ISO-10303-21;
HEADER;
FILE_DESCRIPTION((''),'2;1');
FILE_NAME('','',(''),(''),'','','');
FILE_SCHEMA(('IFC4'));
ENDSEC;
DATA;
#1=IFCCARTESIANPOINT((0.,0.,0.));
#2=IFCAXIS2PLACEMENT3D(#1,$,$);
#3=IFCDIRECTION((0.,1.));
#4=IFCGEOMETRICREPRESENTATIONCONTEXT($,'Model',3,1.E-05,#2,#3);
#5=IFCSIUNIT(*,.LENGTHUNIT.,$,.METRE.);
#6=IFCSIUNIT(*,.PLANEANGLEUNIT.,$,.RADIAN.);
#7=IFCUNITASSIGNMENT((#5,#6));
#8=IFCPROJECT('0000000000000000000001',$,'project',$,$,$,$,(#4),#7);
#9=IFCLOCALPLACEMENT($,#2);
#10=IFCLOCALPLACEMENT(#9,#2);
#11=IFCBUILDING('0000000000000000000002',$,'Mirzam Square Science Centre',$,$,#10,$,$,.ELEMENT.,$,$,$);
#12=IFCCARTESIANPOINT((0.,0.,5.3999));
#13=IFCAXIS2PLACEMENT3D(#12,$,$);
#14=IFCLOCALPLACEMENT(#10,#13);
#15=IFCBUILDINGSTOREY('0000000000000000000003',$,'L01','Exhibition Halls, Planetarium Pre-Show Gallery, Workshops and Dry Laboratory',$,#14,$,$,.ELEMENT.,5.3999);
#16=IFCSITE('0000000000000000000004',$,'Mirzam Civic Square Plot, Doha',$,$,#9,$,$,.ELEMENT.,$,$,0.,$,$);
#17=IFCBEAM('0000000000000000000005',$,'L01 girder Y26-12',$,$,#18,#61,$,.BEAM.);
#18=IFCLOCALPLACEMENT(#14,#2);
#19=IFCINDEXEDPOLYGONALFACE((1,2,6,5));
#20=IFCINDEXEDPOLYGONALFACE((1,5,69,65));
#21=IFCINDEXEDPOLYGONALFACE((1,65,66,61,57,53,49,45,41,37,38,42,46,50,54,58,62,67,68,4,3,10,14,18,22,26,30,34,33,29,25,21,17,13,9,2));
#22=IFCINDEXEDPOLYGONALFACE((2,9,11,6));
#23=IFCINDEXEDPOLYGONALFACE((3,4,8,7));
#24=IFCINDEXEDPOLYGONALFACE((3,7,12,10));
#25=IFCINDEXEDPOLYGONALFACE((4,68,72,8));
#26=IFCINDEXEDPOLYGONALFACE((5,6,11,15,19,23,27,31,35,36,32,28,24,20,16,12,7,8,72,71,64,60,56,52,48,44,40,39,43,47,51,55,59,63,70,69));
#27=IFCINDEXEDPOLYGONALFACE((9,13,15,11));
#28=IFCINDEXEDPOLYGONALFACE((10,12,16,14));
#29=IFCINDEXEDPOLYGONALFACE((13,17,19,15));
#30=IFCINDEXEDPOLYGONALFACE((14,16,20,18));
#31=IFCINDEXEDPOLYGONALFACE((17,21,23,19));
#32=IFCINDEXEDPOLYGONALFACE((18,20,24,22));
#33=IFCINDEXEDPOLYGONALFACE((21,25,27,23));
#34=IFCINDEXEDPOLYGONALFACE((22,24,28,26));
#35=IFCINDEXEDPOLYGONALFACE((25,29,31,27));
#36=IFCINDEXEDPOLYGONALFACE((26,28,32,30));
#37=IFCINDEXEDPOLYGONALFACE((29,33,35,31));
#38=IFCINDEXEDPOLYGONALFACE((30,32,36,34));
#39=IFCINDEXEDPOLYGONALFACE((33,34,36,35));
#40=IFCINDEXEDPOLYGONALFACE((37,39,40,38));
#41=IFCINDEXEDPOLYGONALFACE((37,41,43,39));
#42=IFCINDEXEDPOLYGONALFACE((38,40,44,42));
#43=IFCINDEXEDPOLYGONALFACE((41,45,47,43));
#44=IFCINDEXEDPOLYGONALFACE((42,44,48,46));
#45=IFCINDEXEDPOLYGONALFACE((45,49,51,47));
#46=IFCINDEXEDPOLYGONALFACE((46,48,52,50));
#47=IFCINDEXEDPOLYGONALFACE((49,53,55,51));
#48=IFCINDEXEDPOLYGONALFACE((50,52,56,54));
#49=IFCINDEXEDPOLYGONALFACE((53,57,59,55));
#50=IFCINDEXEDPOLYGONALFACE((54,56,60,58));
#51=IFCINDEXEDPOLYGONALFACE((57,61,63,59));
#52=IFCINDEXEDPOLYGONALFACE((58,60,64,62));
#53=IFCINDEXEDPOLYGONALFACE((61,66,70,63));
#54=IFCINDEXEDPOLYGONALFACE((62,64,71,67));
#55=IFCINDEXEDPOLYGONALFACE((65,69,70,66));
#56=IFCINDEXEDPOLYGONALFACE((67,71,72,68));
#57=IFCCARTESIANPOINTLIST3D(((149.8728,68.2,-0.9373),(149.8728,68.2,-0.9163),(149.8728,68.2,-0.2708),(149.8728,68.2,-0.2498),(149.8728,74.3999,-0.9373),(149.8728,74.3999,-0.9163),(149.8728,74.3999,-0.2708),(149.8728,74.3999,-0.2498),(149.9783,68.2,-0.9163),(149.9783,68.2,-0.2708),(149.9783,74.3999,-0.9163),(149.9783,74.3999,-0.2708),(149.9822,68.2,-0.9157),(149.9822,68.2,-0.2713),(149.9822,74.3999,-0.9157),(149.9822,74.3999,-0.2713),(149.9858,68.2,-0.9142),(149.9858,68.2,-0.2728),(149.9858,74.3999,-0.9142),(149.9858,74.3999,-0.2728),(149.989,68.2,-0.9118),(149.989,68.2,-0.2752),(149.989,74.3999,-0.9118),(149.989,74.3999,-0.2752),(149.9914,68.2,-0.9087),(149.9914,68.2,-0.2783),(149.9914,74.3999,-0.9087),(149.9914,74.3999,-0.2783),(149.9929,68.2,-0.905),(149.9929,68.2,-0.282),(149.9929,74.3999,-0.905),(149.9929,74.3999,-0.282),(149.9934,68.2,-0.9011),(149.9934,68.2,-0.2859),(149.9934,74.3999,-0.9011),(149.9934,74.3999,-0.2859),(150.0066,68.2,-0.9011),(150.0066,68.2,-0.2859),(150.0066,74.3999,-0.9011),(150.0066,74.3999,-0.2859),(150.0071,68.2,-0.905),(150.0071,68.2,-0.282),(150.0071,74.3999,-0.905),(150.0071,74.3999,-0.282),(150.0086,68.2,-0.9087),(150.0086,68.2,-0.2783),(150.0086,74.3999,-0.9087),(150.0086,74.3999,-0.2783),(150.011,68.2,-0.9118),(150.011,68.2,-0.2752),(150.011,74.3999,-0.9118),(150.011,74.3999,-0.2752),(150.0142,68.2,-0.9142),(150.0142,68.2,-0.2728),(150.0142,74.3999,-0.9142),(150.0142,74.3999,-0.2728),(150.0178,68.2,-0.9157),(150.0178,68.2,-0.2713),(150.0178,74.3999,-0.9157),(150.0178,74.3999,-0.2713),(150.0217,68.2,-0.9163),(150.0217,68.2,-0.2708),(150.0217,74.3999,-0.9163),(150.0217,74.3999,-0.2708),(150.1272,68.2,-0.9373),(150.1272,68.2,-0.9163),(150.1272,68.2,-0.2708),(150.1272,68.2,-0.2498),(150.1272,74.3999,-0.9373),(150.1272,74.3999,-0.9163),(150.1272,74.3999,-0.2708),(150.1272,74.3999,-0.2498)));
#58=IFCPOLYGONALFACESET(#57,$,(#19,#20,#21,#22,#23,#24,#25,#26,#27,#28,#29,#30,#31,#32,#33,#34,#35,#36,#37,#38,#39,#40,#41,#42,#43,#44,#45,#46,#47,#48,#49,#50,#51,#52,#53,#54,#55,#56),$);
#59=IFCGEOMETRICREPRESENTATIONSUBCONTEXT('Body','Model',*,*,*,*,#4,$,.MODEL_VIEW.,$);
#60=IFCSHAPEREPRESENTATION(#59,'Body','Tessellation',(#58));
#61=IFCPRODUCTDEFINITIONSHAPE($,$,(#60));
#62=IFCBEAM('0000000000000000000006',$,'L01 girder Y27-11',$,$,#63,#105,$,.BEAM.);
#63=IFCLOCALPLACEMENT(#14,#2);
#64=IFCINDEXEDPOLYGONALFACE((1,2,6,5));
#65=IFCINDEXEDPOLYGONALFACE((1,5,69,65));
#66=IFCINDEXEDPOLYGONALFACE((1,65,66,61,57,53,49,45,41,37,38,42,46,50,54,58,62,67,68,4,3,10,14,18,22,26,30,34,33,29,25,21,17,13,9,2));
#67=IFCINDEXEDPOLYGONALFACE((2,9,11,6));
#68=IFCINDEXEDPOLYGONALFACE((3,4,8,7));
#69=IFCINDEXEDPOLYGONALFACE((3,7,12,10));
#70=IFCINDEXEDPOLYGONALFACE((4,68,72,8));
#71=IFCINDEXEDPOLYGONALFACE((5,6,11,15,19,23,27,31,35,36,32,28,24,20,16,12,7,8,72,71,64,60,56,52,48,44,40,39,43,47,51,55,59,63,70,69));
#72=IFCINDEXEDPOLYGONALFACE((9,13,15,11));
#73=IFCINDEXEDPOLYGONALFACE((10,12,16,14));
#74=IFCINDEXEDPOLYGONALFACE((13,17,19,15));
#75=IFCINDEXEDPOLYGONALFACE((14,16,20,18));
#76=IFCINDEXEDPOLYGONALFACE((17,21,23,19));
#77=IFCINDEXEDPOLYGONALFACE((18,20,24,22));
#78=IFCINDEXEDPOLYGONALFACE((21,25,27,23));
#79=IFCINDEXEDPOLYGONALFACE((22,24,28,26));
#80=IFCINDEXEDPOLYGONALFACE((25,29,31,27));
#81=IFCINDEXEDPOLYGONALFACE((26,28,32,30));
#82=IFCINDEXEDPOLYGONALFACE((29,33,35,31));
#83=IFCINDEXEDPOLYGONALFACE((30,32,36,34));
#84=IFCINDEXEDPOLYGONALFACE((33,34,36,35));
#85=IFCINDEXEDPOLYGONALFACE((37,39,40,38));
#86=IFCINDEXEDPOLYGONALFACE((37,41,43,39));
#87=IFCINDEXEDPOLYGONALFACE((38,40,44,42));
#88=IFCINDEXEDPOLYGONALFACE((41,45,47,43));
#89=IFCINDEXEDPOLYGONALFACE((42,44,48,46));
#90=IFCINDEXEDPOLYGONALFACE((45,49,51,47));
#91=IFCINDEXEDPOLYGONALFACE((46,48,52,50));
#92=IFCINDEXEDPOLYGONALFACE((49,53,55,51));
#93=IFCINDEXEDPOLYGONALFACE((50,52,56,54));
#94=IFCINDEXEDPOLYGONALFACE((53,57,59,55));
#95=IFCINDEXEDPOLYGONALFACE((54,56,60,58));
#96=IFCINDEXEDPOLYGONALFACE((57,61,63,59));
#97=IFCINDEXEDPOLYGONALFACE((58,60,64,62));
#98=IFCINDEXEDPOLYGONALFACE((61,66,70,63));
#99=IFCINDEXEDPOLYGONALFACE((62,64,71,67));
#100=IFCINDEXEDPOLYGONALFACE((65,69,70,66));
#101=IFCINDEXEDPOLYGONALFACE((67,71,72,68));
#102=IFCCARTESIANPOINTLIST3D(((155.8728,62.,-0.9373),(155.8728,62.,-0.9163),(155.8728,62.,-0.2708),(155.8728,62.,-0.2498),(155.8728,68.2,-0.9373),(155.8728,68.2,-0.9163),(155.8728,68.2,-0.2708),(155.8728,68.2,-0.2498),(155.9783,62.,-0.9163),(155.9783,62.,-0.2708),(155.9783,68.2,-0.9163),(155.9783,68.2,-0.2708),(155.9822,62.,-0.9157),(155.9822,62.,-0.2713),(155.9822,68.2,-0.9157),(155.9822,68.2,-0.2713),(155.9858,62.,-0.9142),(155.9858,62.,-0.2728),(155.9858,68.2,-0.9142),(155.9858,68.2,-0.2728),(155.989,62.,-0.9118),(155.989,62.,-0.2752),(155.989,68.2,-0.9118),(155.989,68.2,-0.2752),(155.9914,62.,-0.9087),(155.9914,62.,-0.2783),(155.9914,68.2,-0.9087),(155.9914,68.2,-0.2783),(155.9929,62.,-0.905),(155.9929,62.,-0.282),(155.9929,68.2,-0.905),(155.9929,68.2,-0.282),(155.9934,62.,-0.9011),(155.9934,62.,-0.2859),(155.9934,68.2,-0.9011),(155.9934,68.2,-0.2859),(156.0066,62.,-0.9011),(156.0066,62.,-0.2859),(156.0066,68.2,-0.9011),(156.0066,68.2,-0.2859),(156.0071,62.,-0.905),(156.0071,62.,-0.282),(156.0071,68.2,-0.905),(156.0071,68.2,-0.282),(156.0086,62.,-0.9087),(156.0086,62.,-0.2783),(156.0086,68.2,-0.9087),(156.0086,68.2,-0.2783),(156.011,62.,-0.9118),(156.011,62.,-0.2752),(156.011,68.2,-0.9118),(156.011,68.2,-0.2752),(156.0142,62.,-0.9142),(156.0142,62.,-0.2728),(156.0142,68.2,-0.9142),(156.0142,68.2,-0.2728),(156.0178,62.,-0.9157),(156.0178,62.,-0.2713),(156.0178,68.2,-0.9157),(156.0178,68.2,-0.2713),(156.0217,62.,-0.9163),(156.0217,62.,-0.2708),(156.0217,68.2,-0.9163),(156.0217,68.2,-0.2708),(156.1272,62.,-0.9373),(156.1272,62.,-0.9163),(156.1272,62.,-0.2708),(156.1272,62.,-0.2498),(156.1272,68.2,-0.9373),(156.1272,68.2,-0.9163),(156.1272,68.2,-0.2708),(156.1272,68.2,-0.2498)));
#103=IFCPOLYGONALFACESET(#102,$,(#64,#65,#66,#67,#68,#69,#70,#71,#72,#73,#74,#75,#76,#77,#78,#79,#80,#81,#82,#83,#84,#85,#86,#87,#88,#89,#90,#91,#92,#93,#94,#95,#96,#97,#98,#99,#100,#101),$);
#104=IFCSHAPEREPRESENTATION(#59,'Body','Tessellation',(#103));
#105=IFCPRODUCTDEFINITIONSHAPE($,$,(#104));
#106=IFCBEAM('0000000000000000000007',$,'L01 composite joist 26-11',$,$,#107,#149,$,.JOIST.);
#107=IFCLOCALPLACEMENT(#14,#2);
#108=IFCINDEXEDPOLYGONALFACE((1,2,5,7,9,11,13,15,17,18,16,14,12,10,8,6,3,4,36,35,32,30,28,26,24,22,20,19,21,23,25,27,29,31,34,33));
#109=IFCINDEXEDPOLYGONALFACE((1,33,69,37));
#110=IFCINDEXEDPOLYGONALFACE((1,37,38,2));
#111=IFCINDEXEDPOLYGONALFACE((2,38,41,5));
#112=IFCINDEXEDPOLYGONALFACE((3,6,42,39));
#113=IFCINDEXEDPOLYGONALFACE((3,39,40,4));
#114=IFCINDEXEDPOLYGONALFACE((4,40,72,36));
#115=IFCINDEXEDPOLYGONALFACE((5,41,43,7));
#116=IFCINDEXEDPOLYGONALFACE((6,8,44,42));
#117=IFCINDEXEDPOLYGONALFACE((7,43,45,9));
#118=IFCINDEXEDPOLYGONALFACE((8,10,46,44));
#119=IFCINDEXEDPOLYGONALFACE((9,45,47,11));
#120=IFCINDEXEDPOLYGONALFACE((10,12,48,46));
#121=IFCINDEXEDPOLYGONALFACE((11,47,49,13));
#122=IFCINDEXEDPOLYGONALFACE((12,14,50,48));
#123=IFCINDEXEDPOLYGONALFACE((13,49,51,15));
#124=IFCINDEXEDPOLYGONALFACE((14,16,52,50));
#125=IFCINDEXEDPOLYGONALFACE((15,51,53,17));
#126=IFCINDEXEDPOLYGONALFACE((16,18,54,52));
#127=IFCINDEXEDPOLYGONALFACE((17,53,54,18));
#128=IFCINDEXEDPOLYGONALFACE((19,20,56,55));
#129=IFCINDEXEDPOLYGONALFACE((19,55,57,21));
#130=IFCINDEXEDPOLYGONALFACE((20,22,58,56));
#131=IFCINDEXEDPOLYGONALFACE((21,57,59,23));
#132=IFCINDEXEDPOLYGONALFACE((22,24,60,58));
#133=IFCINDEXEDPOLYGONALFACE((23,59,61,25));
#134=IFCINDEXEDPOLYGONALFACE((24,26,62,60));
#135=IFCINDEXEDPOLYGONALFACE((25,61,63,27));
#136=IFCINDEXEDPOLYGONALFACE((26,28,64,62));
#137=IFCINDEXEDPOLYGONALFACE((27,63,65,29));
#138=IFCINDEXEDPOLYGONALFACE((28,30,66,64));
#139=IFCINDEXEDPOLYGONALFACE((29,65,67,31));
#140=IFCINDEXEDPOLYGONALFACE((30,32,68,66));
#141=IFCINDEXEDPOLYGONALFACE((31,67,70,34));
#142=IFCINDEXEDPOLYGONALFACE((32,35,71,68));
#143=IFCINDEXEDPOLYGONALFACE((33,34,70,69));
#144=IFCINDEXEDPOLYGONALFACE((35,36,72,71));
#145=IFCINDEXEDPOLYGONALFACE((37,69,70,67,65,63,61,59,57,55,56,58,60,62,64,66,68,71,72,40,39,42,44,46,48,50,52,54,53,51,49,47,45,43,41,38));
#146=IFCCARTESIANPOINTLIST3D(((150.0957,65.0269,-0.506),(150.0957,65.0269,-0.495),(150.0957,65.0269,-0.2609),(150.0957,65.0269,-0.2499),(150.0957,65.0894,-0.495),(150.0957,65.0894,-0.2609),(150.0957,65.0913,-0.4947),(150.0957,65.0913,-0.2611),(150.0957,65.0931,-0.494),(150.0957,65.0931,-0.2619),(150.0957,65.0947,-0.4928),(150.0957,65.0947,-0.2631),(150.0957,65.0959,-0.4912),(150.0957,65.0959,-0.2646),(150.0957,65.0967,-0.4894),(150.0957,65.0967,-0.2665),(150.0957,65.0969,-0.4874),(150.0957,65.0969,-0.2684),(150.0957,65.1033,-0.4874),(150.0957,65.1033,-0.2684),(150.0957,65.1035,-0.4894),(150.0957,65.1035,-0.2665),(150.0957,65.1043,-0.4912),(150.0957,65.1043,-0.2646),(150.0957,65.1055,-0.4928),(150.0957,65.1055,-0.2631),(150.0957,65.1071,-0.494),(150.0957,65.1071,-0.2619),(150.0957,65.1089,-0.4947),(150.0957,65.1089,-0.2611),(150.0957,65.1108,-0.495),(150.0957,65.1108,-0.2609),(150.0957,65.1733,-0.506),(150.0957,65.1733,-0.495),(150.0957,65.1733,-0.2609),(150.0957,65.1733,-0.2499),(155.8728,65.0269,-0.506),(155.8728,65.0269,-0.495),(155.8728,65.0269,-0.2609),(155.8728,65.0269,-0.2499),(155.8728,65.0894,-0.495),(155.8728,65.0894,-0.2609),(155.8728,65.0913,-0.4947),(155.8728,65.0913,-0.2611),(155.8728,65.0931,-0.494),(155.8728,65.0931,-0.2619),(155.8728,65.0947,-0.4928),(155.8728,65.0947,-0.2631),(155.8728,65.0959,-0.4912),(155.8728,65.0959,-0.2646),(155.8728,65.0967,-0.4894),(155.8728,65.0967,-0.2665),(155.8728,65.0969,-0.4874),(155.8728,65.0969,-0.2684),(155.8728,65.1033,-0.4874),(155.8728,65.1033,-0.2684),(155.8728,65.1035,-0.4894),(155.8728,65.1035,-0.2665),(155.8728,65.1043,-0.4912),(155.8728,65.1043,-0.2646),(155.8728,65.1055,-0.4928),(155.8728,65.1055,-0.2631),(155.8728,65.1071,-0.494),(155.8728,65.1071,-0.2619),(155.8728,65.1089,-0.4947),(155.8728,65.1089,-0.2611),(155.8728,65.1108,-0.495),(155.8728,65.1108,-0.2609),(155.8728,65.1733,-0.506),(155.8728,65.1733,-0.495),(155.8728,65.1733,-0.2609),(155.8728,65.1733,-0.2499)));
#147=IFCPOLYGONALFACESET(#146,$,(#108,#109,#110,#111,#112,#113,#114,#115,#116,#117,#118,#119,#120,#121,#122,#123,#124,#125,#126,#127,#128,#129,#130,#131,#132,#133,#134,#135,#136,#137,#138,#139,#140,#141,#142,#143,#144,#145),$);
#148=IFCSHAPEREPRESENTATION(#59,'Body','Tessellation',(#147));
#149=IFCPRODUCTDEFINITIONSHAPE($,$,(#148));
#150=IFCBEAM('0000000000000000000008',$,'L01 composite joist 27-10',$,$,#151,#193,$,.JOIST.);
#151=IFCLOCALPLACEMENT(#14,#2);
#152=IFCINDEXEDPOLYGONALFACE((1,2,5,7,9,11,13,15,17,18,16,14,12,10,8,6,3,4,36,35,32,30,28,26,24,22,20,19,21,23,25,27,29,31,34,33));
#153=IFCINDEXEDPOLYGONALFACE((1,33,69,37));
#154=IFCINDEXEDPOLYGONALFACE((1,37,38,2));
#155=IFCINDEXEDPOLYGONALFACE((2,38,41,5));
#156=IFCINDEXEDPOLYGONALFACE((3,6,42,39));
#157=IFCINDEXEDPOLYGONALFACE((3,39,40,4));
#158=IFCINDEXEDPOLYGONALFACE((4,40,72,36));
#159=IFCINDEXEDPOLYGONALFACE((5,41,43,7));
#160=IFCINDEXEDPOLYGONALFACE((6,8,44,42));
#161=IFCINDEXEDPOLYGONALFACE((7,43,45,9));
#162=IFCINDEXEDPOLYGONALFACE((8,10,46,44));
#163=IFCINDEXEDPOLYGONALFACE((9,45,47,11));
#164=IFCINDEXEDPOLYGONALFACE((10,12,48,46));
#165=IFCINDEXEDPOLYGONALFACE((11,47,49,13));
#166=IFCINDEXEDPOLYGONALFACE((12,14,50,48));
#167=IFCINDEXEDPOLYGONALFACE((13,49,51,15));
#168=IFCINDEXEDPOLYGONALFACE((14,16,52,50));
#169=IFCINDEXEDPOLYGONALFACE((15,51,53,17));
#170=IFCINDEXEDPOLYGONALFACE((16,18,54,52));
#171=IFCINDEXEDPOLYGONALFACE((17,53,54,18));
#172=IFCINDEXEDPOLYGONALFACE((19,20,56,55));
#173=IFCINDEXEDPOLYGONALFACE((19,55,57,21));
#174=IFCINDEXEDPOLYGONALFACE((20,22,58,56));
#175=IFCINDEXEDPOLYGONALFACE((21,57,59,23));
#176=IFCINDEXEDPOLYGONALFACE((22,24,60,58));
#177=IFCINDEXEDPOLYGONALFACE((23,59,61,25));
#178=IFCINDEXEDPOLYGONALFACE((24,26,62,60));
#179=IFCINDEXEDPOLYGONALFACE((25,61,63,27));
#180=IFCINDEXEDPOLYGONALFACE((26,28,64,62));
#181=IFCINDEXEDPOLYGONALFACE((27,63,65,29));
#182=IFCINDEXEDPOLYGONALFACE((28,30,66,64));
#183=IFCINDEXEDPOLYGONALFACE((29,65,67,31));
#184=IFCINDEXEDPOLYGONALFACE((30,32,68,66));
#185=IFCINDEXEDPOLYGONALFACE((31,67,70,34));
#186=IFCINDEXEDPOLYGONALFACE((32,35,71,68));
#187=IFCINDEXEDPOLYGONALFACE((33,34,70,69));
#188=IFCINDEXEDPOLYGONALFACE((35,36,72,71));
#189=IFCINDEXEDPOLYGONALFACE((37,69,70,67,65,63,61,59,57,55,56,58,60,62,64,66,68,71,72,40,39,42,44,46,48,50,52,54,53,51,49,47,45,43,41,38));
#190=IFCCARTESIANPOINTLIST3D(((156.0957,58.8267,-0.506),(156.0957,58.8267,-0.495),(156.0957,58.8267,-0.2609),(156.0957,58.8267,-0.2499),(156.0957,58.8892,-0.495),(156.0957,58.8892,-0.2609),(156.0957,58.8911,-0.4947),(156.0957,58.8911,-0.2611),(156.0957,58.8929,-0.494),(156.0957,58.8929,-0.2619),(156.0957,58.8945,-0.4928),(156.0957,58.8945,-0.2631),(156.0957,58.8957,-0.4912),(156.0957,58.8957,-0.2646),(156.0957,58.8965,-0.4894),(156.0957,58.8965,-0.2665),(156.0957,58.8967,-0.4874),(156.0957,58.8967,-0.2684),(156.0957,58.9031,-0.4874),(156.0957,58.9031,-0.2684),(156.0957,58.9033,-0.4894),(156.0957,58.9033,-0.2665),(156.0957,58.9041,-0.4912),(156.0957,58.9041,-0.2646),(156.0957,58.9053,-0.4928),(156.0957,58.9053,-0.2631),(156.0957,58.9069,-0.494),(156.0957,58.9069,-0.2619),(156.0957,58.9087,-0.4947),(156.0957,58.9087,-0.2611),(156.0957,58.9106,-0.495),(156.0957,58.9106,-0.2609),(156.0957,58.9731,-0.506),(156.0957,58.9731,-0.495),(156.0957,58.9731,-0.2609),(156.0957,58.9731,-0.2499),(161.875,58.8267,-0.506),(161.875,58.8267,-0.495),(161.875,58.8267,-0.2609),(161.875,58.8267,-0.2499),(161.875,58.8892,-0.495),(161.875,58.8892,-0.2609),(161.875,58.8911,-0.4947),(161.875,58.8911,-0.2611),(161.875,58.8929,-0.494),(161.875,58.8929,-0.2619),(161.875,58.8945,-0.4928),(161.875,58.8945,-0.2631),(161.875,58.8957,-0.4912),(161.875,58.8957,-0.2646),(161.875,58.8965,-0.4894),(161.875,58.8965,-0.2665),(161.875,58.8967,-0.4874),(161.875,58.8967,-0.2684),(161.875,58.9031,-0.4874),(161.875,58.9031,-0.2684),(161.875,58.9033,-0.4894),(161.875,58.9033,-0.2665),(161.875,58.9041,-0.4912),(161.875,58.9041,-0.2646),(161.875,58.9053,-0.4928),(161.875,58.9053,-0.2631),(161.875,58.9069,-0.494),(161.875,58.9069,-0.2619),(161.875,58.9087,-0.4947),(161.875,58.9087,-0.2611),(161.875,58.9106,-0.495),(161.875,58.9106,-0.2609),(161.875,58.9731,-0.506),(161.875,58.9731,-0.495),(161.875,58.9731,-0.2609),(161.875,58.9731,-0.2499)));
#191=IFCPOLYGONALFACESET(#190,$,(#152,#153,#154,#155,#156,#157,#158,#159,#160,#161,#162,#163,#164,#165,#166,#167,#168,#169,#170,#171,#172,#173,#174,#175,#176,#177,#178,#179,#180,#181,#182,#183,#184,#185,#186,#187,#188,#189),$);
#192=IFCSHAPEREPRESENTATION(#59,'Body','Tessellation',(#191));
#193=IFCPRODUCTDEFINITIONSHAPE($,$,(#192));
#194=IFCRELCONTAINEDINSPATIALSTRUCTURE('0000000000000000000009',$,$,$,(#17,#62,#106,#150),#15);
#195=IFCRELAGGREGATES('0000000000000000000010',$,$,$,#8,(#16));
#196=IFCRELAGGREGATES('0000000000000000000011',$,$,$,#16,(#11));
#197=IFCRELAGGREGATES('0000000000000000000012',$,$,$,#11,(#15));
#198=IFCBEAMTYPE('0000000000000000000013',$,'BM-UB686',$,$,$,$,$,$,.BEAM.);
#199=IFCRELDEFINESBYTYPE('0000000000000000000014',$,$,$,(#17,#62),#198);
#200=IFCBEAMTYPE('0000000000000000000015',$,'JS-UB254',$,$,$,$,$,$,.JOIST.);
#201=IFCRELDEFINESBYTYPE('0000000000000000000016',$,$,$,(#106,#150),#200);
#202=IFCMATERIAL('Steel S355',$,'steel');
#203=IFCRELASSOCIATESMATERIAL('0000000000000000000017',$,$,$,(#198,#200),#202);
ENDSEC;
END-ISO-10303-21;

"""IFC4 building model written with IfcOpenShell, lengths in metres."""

from ifc_helpers import new_model, si_unit, direction, frame, origin, origin_2d, place, context, subcontext, project, spatial, i_section, extrude, material, material_profile, profile_set, type_object, element, save


model = new_model("IFC4")

# Units and contexts
model_context = context("Model", 3, precision=1e-05, world=origin(), true_north=direction((0.0, 1.0)))
body_context = subcontext(model_context, "Body", "Model", "MODEL_VIEW")
ifc_project = project(units=[si_unit("LENGTHUNIT", "METRE"), si_unit("PLANEANGLEUNIT", "RADIAN")], contexts=[model_context])

# Site, building, storey
site_placement = place(None, origin())
site = spatial("IfcSite", under=ifc_project, at=site_placement, Name="Mirzam Civic Square Plot, Doha", CompositionType="ELEMENT", RefElevation=0.0)
building_placement = place(site_placement, origin())
building = spatial("IfcBuilding", under=site, at=building_placement, Name="Mirzam Square Science Centre", CompositionType="ELEMENT")
storey_placement = place(building_placement, frame((0.0, 0.0, 5.3999)))
storey = spatial("IfcBuildingStorey", under=building, at=storey_placement, Name="L01", Description="Exhibition Halls, Planetarium Pre-Show Gallery, Workshops and Dry Laboratory", CompositionType="ELEMENT", Elevation=5.3999)

# Shared definitions
ifc_material_1 = material(Name="Steel S355", Category="steel")

# Beams
ifc_material_profile_1 = material_profile(ifc_material_1, i_section(OverallWidth=0.2544, OverallDepth=0.6875, WebThickness=0.0132, FlangeThickness=0.021, FilletRadius=0.0151, at=origin_2d()), Name="686x254x152UB")
ifc_profile_set_1 = profile_set([ifc_material_profile_1], Name="Steel S355")
beam_type_1 = type_object("IfcBeamType", Name="BM-UB686", PredefinedType="BEAM", material=ifc_profile_set_1)
for number, where, z_axis, x_axis, name in (
    (1, (150.0, 68.2, -0.5935), (0.0, 1.0, 0.0), (-1.0, 0.0, 0.0), "L01 girder Y26-12"),
    (2, (156.0, 62.0, -0.5935), (0.0, 1.0, 0.0), (-1.0, 0.0, 0.0), "L01 girder Y27-11"),
):
    element("IfcBeam", number, at=place(storey_placement, frame(where, z_axis=z_axis, x_axis=x_axis)), inside=storey, type_object=beam_type_1, Name=name, PredefinedType="BEAM", context=body_context, shape_type="SweptSolid", body=[
        extrude(i_section(OverallWidth=0.2544, OverallDepth=0.6875, WebThickness=0.0132, FlangeThickness=0.021, FilletRadius=0.0151, at=origin_2d()), origin(), (0.0, 0.0, 1.0), 6.2),
    ])
ifc_material_profile_2 = material_profile(ifc_material_1, i_section(OverallWidth=0.1465, OverallDepth=0.2561, WebThickness=0.0063, FlangeThickness=0.011, FilletRadius=0.0076, at=origin_2d()), Name="254x146x37UB")
ifc_profile_set_2 = profile_set([ifc_material_profile_2], Name="Steel S355")
beam_type_2 = type_object("IfcBeamType", Name="JS-UB254", PredefinedType="JOIST", material=ifc_profile_set_2)
beam_1_placement = place(storey_placement, frame((150.0957, 65.1001, -0.3779), z_axis=(1.0, 0.0, 0.0), x_axis=(0.0, 1.0, 0.0)))
element("IfcBeam", 3, at=beam_1_placement, inside=storey, type_object=beam_type_2, Name="L01 composite joist 26-11", PredefinedType="JOIST", context=body_context, shape_type="SweptSolid", body=[
    extrude(i_section(OverallWidth=0.1465, OverallDepth=0.2561, WebThickness=0.0063, FlangeThickness=0.011, FilletRadius=0.0076, at=origin_2d()), origin(), (0.0, 0.0, 1.0), 5.7771),
])
beam_2_placement = place(storey_placement, frame((156.0957, 58.8999, -0.3779), z_axis=(1.0, 0.0, 0.0), x_axis=(0.0, 1.0, 0.0)))
element("IfcBeam", 4, at=beam_2_placement, inside=storey, type_object=beam_type_2, Name="L01 composite joist 27-10", PredefinedType="JOIST", context=body_context, shape_type="SweptSolid", body=[
    extrude(i_section(OverallWidth=0.1465, OverallDepth=0.2561, WebThickness=0.0063, FlangeThickness=0.011, FilletRadius=0.0076, at=origin_2d()), origin(), (0.0, 0.0, 1.0), 5.7793),
])

save(model, "model.ifc")
